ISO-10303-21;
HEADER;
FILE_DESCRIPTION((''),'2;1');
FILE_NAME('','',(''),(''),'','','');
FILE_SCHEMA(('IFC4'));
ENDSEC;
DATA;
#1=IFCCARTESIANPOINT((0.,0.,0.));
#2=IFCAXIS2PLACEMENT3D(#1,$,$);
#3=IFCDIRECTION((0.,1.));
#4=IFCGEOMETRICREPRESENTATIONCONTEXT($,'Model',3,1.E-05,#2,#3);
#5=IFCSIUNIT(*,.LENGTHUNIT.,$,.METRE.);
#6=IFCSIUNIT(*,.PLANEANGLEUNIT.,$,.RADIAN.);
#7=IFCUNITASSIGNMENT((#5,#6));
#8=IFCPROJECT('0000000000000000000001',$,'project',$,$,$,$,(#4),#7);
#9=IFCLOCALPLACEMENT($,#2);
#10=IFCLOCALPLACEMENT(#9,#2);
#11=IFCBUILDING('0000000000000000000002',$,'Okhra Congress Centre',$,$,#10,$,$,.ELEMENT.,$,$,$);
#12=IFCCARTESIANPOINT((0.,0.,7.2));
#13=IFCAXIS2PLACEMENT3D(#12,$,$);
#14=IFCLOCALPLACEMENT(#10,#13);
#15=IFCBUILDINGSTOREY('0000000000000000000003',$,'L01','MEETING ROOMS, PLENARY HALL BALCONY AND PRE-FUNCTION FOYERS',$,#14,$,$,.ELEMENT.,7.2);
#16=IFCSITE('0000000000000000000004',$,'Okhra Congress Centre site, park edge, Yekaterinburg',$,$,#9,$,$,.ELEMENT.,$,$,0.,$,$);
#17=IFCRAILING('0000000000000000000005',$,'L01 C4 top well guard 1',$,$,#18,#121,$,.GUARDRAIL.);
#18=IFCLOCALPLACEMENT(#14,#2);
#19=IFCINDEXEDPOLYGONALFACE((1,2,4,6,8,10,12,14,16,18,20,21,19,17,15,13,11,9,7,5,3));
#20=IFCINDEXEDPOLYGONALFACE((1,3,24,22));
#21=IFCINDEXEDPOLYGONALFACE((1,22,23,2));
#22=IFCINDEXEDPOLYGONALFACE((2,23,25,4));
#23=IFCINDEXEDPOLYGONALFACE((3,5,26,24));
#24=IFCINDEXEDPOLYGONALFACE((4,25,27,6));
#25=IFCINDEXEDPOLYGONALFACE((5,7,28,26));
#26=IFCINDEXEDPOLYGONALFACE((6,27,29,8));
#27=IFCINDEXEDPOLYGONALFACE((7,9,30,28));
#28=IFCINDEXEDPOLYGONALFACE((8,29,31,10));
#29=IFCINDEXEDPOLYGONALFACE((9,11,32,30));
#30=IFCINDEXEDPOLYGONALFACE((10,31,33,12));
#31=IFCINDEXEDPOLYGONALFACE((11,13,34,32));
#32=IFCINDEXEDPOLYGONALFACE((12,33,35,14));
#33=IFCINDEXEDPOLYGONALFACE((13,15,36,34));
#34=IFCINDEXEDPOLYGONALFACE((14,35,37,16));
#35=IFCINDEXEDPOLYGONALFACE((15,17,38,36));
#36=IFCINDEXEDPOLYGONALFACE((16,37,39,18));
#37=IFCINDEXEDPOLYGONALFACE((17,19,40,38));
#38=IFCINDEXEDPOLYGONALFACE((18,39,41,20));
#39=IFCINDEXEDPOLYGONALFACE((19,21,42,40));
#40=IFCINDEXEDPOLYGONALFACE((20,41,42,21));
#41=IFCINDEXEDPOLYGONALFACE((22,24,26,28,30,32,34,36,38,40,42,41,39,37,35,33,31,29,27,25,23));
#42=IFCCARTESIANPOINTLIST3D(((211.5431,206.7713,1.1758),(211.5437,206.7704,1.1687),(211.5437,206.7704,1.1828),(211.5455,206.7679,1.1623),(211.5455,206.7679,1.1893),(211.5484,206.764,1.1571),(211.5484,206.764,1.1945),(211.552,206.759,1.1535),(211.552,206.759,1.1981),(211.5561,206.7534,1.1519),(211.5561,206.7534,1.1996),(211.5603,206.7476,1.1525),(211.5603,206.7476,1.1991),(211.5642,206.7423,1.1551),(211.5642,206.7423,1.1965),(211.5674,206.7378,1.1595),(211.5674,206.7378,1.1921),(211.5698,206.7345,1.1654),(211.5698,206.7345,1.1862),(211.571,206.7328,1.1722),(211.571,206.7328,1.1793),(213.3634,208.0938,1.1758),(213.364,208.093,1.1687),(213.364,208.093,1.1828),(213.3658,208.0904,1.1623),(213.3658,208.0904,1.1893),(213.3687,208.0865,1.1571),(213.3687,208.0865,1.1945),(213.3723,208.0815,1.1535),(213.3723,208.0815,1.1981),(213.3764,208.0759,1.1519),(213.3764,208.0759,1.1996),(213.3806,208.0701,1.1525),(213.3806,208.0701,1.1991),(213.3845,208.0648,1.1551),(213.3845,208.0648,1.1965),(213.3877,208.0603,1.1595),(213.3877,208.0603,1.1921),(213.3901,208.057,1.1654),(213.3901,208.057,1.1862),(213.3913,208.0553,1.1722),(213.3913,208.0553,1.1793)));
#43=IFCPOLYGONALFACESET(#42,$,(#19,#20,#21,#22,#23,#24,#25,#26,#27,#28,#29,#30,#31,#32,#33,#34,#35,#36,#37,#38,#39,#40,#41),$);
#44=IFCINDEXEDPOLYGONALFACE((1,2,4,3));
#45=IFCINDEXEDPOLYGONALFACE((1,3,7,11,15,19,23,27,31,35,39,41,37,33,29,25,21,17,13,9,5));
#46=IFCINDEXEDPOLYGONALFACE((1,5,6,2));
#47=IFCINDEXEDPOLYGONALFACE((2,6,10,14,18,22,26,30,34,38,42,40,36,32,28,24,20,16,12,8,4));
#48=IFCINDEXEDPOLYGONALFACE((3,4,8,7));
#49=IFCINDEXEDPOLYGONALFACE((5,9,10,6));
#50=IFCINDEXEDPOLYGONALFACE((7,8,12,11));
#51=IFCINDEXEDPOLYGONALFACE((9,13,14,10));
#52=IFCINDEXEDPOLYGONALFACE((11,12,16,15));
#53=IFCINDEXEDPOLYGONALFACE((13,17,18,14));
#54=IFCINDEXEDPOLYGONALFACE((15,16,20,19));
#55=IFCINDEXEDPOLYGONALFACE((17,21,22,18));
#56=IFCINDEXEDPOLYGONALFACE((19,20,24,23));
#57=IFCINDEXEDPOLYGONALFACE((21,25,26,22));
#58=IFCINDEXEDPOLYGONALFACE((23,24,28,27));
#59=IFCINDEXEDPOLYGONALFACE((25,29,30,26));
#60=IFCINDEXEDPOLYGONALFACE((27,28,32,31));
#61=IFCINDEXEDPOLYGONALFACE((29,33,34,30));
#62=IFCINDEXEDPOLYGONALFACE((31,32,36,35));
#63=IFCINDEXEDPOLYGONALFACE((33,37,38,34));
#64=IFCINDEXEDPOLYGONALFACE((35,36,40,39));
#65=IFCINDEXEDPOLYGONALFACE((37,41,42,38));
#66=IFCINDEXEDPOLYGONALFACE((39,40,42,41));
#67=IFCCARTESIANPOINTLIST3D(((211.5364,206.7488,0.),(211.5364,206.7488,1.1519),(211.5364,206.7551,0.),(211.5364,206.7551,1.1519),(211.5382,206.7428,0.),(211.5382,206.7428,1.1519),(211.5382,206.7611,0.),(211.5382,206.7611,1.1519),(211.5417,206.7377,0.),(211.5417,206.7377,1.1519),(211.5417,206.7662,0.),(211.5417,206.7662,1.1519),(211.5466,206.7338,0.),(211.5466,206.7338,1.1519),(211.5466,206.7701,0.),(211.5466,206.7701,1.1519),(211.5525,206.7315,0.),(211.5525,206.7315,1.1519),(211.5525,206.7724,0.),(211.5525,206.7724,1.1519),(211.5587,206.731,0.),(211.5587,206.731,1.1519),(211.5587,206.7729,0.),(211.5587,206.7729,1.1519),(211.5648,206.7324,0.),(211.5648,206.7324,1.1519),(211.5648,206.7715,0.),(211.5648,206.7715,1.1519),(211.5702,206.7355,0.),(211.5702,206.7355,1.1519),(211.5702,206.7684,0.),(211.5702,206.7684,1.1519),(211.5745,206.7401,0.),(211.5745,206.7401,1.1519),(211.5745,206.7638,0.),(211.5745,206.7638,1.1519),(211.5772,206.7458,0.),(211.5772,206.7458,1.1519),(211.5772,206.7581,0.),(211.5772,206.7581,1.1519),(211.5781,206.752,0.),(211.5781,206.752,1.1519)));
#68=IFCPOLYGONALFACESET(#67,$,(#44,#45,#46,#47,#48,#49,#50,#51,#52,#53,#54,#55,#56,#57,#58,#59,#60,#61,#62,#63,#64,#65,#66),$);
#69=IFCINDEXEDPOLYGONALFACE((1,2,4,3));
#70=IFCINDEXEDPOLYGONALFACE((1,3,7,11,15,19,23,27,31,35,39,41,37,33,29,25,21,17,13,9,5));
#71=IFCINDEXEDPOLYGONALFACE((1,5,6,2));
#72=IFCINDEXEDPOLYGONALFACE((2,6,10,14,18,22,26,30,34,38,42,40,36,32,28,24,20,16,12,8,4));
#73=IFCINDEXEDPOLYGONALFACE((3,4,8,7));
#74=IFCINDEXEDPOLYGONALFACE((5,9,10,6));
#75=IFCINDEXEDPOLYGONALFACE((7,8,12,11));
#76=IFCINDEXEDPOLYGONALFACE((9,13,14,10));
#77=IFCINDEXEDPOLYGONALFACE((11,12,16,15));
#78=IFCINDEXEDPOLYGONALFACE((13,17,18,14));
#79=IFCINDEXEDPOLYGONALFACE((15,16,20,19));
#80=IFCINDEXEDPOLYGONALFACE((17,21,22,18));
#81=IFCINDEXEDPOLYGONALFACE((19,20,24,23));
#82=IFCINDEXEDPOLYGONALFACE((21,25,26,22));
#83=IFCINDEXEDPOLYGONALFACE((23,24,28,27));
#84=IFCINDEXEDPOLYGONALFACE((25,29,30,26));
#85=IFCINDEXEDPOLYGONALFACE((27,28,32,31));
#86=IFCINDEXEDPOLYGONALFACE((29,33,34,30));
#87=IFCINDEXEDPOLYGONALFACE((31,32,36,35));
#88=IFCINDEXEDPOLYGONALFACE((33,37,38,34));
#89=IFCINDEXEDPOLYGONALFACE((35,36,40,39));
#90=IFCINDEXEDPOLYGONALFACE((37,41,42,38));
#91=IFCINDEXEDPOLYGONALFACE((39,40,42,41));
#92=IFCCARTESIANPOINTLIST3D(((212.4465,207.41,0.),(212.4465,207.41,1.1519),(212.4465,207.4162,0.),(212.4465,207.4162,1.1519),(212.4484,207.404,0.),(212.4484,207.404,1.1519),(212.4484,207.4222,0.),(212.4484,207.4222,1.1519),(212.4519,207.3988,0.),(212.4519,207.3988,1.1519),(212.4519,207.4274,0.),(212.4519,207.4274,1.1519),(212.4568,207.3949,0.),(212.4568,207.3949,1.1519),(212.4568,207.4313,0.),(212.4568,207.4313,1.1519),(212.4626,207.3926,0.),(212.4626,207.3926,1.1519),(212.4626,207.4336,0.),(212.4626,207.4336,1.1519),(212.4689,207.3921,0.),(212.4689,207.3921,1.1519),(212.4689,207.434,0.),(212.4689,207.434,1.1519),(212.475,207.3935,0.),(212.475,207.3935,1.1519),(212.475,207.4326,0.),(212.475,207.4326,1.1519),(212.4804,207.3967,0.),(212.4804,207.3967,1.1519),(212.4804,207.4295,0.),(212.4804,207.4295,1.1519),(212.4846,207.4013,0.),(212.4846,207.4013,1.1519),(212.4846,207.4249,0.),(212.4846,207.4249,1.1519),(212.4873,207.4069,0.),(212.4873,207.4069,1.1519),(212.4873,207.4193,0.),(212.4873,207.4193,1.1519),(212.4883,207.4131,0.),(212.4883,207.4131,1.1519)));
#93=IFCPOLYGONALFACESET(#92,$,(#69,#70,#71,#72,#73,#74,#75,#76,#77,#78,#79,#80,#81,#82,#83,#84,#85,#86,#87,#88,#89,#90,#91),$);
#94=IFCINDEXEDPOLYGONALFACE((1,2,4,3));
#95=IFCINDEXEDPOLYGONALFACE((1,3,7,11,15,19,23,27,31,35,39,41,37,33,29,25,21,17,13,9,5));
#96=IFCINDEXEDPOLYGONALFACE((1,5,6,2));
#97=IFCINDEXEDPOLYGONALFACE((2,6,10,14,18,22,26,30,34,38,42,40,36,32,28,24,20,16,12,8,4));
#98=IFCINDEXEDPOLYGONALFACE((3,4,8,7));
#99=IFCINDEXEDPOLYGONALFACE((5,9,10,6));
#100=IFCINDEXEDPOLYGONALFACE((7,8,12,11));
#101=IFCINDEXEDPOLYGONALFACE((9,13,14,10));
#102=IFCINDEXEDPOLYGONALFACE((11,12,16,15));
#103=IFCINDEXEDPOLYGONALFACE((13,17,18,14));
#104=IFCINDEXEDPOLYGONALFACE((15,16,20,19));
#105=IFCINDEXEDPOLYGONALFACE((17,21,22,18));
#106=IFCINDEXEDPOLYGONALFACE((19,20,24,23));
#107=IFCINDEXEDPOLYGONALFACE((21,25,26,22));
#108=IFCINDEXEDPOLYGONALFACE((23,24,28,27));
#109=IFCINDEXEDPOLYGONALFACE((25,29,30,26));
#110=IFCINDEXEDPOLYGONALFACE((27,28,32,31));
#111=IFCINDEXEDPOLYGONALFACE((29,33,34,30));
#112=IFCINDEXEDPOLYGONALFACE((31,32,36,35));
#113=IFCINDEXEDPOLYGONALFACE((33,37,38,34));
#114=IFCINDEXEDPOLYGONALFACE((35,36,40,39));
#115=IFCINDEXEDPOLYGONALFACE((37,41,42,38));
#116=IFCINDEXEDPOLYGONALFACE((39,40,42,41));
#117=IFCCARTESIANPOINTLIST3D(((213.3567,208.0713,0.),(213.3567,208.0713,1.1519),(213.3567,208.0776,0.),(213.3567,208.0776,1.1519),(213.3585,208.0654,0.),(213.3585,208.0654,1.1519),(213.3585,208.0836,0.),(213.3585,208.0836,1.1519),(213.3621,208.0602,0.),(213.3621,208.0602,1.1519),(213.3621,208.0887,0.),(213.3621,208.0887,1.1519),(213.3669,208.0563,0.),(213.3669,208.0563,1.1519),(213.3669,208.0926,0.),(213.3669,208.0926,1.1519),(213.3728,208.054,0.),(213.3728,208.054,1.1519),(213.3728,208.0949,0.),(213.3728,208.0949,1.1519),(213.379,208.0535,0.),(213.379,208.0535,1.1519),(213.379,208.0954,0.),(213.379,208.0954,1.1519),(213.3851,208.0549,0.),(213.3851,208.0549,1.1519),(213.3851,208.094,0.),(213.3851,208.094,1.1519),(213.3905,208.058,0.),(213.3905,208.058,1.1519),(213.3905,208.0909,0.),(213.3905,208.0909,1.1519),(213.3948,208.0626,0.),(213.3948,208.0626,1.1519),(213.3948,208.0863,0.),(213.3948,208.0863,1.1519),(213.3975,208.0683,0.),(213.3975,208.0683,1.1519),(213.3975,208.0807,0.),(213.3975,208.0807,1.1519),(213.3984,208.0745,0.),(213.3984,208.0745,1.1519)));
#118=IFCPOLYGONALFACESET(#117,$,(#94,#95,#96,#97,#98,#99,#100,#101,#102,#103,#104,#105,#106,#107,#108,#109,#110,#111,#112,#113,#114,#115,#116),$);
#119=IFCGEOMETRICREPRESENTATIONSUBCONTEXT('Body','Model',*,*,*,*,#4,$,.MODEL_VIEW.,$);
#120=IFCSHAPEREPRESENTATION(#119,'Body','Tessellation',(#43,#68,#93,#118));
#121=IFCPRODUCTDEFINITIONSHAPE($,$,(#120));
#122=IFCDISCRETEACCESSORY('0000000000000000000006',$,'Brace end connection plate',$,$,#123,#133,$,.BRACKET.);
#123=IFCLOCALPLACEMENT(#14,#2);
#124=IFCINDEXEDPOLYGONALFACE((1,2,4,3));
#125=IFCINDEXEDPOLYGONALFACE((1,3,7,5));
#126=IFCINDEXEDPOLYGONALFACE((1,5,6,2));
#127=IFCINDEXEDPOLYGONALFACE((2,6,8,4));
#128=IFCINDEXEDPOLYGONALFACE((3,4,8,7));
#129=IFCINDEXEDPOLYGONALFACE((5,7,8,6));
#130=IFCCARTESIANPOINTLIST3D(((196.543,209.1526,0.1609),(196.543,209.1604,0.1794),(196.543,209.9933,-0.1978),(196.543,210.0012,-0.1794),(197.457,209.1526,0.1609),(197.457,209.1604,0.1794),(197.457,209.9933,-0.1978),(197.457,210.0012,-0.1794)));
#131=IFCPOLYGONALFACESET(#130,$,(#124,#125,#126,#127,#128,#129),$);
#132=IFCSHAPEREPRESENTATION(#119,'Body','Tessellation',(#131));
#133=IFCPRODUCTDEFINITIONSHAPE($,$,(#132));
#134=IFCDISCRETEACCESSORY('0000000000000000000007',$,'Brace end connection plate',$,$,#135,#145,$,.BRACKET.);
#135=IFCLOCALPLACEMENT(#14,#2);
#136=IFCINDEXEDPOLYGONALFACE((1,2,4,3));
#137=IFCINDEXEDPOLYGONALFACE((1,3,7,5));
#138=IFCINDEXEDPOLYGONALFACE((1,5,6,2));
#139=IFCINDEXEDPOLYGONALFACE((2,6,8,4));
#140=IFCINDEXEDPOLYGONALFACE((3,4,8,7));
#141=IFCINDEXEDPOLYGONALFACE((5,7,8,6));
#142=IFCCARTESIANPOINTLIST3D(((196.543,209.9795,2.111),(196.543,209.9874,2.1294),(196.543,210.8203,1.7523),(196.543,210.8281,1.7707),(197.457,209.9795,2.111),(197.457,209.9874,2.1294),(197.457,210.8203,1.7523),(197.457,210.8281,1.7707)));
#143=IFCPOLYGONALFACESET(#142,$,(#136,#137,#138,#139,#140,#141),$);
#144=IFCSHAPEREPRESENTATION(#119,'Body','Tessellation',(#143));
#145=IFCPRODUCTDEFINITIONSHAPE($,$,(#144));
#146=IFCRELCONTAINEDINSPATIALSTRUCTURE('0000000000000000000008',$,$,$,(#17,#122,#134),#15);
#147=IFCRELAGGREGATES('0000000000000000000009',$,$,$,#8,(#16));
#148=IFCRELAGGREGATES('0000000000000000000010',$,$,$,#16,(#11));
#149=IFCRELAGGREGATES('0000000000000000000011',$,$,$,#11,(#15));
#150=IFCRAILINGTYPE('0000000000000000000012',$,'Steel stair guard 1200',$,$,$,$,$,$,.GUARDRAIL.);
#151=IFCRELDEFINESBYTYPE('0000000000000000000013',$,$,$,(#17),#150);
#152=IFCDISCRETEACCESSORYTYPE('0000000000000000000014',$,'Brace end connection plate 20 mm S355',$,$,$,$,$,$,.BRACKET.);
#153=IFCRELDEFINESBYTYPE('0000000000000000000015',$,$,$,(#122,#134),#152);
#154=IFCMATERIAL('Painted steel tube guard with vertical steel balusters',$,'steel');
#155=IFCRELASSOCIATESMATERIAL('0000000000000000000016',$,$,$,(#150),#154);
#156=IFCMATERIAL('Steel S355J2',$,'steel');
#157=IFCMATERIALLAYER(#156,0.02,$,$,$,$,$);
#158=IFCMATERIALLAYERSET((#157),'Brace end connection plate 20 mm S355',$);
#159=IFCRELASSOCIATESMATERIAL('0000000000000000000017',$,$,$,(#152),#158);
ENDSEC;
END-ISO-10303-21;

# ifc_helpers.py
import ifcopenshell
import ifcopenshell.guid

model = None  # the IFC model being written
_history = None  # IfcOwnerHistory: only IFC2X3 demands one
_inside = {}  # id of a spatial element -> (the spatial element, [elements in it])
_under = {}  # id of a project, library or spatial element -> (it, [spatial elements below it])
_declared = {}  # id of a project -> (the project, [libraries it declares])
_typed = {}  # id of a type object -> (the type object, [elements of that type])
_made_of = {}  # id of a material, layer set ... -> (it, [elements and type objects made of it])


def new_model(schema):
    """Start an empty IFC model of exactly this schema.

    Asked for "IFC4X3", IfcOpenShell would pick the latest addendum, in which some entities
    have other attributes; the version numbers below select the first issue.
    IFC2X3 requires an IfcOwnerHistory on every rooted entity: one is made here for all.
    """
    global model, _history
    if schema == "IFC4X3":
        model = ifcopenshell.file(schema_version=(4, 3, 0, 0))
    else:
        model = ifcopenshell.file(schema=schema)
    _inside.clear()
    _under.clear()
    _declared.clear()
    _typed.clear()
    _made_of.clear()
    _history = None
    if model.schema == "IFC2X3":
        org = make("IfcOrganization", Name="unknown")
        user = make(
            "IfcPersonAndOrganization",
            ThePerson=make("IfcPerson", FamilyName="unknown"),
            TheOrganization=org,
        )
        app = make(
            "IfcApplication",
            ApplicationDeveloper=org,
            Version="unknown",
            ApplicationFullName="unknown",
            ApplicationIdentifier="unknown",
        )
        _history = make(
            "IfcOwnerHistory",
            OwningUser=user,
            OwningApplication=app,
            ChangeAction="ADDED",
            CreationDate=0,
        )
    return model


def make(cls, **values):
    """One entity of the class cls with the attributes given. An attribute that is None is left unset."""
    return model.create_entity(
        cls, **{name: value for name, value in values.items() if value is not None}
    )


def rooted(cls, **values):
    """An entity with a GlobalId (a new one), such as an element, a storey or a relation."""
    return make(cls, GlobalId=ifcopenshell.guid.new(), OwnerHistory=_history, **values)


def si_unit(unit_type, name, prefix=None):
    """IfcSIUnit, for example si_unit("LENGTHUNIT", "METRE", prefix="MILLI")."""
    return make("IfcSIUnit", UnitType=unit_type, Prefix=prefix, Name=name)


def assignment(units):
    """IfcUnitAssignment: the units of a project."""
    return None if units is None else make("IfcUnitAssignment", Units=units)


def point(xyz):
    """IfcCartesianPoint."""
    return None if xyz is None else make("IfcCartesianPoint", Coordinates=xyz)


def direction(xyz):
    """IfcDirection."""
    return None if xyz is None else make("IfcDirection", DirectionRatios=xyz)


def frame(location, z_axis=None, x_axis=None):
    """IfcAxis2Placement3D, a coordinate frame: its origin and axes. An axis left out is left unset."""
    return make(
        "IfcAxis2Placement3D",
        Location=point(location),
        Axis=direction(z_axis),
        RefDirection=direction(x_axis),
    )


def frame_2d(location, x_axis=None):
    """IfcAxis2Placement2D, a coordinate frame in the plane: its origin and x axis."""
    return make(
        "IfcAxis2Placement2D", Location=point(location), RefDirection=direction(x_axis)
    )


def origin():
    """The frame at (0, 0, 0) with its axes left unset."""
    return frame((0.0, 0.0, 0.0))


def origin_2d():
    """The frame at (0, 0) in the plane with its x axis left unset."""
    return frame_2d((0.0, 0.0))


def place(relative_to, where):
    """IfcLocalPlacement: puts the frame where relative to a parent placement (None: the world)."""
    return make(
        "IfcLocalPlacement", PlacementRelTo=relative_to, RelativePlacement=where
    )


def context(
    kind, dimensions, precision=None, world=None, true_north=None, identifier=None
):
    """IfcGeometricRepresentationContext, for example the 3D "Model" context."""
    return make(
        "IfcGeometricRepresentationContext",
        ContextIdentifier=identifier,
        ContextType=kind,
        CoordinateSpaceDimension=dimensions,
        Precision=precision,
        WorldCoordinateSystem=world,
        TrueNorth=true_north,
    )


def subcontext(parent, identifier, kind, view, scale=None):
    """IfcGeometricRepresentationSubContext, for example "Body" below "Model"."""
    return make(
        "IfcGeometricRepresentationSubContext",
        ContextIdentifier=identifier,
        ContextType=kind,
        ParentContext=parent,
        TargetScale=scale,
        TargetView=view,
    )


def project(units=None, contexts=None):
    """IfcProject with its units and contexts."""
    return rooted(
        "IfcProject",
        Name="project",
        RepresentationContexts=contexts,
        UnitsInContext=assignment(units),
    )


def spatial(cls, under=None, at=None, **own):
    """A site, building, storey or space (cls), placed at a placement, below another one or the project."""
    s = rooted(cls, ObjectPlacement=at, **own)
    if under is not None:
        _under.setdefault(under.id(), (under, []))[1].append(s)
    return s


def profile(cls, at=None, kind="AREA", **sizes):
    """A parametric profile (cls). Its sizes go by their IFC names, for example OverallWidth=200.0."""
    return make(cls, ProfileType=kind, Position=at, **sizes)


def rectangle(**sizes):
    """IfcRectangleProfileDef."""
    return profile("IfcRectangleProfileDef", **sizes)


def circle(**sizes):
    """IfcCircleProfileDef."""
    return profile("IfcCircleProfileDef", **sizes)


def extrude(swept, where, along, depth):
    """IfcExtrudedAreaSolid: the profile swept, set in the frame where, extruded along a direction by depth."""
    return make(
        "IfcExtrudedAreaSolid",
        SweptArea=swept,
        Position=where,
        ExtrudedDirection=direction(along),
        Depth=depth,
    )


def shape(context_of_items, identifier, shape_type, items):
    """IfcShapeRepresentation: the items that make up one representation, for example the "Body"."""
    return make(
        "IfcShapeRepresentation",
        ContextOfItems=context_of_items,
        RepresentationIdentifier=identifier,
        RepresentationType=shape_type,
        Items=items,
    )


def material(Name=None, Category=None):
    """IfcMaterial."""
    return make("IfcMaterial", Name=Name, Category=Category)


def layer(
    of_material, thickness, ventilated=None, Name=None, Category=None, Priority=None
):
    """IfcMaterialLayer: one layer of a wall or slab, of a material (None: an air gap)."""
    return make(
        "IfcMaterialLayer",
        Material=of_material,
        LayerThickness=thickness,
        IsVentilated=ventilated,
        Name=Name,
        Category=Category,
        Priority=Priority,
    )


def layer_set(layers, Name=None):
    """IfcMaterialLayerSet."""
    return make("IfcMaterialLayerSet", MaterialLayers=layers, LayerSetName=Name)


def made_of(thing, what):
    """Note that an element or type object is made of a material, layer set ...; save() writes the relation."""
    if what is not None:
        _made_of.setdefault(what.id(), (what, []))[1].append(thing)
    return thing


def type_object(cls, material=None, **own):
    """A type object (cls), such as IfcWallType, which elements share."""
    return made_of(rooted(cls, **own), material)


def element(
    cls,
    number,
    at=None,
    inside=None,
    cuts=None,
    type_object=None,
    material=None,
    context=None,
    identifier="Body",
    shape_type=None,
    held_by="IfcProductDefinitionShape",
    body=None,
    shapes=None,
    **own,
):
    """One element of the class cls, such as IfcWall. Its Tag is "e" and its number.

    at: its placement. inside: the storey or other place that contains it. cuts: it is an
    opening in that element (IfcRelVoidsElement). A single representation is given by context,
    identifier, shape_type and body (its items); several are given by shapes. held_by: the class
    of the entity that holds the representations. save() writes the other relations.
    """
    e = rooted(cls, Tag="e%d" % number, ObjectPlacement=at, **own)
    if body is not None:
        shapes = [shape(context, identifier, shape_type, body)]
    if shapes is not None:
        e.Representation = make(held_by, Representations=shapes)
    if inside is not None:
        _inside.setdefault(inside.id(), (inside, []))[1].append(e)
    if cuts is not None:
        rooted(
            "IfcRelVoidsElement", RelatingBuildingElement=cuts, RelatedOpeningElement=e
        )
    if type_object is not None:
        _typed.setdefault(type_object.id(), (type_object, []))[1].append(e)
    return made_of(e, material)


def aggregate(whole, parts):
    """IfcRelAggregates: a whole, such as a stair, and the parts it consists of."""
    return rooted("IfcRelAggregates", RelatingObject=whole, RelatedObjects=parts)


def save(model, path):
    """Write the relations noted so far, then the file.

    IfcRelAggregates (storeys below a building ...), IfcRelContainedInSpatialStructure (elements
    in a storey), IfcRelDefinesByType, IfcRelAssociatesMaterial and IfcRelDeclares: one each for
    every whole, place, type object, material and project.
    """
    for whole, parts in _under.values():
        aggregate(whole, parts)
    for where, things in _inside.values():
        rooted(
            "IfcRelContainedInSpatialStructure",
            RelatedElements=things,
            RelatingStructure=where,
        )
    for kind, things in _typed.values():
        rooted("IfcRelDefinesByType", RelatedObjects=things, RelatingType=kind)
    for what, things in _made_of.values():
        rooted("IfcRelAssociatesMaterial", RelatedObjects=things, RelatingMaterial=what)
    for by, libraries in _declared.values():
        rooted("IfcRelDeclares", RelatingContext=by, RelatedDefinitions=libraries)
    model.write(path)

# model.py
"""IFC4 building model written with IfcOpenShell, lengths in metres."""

from ifc_helpers import new_model, si_unit, direction, frame, origin, origin_2d, place, context, subcontext, project, spatial, rectangle, circle, extrude, material, layer, layer_set, type_object, element, save


model = new_model("IFC4")

# Units and contexts
model_context = context("Model", 3, precision=1e-05, world=origin(), true_north=direction((0.0, 1.0)))
body_context = subcontext(model_context, "Body", "Model", "MODEL_VIEW")
ifc_project = project(units=[si_unit("LENGTHUNIT", "METRE"), si_unit("PLANEANGLEUNIT", "RADIAN")], contexts=[model_context])

# Site, building, storey
site_placement = place(None, origin())
site = spatial("IfcSite", under=ifc_project, at=site_placement, Name="Okhra Congress Centre site, park edge, Yekaterinburg", CompositionType="ELEMENT", RefElevation=0.0)
building_placement = place(site_placement, origin())
building = spatial("IfcBuilding", under=site, at=building_placement, Name="Okhra Congress Centre", CompositionType="ELEMENT")
storey_placement = place(building_placement, frame((0.0, 0.0, 7.2)))
storey = spatial("IfcBuildingStorey", under=building, at=storey_placement, Name="L01", Description="MEETING ROOMS, PLENARY HALL BALCONY AND PRE-FUNCTION FOYERS", CompositionType="ELEMENT", Elevation=7.2)

# Railing
ifc_material_1 = material(Name="Painted steel tube guard with vertical steel balusters", Category="steel")
railing_type_1 = type_object("IfcRailingType", Name="Steel stair guard 1200", PredefinedType="GUARDRAIL", material=ifc_material_1)
railing_1_placement = place(storey_placement, frame((211.5571, 206.752, 0.0)))
element("IfcRailing", 1, at=railing_1_placement, inside=storey, type_object=railing_type_1, Name="L01 C4 top well guard 1", PredefinedType="GUARDRAIL", context=body_context, shape_type="SweptSolid", body=[
    extrude(circle(Radius=0.0239, at=origin_2d()), frame((0.0, 0.0, 1.1758), z_axis=(0.809022, 0.587778, 0.0), x_axis=(-0.587778, 0.809022, 0.0)), (0.0, 0.0, 1.0), 2.25),
    extrude(circle(Radius=0.021, at=origin_2d()), origin(), (0.0, 0.0, 1.0), 1.1519),
    extrude(circle(Radius=0.021, at=origin_2d()), frame((0.9102, 0.6611, 0.0)), (0.0, 0.0, 1.0), 1.1519),
    extrude(circle(Radius=0.021, at=origin_2d()), frame((1.8203, 1.3225, 0.0)), (0.0, 0.0, 1.0), 1.1519),
])

# Discrete accessories
ifc_material_2 = material(Name="Steel S355J2", Category="steel")
ifc_layer_1 = layer(ifc_material_2, 0.02)
ifc_layer_set_1 = layer_set([ifc_layer_1], Name="Brace end connection plate 20 mm S355")
discrete_accessory_type = type_object("IfcDiscreteAccessoryType", Name="Brace end connection plate 20 mm S355", PredefinedType="BRACKET", material=ifc_layer_set_1)
for number, where, z_axis, x_axis, name in (
    (2, (197.0, 209.5808, 0.0), (0.0, -0.392439, -0.919778), (1.0, 0.0, 0.0), "Brace end connection plate"),
    (3, (197.0, 210.3999, 1.9316), (0.0, 0.392439, 0.919778), (-1.0, 0.0, 0.0), "Brace end connection plate"),
):
    element("IfcDiscreteAccessory", number, at=place(storey_placement, frame(where, z_axis=z_axis, x_axis=x_axis)), inside=storey, type_object=discrete_accessory_type, Name=name, PredefinedType="BRACKET", context=body_context, shape_type="SweptSolid", body=[
        extrude(rectangle(XDim=0.9141, YDim=0.9141, at=origin_2d()), origin(), (0.0, 0.0, 1.0), 0.02),
    ])

save(model, "model.ifc")
